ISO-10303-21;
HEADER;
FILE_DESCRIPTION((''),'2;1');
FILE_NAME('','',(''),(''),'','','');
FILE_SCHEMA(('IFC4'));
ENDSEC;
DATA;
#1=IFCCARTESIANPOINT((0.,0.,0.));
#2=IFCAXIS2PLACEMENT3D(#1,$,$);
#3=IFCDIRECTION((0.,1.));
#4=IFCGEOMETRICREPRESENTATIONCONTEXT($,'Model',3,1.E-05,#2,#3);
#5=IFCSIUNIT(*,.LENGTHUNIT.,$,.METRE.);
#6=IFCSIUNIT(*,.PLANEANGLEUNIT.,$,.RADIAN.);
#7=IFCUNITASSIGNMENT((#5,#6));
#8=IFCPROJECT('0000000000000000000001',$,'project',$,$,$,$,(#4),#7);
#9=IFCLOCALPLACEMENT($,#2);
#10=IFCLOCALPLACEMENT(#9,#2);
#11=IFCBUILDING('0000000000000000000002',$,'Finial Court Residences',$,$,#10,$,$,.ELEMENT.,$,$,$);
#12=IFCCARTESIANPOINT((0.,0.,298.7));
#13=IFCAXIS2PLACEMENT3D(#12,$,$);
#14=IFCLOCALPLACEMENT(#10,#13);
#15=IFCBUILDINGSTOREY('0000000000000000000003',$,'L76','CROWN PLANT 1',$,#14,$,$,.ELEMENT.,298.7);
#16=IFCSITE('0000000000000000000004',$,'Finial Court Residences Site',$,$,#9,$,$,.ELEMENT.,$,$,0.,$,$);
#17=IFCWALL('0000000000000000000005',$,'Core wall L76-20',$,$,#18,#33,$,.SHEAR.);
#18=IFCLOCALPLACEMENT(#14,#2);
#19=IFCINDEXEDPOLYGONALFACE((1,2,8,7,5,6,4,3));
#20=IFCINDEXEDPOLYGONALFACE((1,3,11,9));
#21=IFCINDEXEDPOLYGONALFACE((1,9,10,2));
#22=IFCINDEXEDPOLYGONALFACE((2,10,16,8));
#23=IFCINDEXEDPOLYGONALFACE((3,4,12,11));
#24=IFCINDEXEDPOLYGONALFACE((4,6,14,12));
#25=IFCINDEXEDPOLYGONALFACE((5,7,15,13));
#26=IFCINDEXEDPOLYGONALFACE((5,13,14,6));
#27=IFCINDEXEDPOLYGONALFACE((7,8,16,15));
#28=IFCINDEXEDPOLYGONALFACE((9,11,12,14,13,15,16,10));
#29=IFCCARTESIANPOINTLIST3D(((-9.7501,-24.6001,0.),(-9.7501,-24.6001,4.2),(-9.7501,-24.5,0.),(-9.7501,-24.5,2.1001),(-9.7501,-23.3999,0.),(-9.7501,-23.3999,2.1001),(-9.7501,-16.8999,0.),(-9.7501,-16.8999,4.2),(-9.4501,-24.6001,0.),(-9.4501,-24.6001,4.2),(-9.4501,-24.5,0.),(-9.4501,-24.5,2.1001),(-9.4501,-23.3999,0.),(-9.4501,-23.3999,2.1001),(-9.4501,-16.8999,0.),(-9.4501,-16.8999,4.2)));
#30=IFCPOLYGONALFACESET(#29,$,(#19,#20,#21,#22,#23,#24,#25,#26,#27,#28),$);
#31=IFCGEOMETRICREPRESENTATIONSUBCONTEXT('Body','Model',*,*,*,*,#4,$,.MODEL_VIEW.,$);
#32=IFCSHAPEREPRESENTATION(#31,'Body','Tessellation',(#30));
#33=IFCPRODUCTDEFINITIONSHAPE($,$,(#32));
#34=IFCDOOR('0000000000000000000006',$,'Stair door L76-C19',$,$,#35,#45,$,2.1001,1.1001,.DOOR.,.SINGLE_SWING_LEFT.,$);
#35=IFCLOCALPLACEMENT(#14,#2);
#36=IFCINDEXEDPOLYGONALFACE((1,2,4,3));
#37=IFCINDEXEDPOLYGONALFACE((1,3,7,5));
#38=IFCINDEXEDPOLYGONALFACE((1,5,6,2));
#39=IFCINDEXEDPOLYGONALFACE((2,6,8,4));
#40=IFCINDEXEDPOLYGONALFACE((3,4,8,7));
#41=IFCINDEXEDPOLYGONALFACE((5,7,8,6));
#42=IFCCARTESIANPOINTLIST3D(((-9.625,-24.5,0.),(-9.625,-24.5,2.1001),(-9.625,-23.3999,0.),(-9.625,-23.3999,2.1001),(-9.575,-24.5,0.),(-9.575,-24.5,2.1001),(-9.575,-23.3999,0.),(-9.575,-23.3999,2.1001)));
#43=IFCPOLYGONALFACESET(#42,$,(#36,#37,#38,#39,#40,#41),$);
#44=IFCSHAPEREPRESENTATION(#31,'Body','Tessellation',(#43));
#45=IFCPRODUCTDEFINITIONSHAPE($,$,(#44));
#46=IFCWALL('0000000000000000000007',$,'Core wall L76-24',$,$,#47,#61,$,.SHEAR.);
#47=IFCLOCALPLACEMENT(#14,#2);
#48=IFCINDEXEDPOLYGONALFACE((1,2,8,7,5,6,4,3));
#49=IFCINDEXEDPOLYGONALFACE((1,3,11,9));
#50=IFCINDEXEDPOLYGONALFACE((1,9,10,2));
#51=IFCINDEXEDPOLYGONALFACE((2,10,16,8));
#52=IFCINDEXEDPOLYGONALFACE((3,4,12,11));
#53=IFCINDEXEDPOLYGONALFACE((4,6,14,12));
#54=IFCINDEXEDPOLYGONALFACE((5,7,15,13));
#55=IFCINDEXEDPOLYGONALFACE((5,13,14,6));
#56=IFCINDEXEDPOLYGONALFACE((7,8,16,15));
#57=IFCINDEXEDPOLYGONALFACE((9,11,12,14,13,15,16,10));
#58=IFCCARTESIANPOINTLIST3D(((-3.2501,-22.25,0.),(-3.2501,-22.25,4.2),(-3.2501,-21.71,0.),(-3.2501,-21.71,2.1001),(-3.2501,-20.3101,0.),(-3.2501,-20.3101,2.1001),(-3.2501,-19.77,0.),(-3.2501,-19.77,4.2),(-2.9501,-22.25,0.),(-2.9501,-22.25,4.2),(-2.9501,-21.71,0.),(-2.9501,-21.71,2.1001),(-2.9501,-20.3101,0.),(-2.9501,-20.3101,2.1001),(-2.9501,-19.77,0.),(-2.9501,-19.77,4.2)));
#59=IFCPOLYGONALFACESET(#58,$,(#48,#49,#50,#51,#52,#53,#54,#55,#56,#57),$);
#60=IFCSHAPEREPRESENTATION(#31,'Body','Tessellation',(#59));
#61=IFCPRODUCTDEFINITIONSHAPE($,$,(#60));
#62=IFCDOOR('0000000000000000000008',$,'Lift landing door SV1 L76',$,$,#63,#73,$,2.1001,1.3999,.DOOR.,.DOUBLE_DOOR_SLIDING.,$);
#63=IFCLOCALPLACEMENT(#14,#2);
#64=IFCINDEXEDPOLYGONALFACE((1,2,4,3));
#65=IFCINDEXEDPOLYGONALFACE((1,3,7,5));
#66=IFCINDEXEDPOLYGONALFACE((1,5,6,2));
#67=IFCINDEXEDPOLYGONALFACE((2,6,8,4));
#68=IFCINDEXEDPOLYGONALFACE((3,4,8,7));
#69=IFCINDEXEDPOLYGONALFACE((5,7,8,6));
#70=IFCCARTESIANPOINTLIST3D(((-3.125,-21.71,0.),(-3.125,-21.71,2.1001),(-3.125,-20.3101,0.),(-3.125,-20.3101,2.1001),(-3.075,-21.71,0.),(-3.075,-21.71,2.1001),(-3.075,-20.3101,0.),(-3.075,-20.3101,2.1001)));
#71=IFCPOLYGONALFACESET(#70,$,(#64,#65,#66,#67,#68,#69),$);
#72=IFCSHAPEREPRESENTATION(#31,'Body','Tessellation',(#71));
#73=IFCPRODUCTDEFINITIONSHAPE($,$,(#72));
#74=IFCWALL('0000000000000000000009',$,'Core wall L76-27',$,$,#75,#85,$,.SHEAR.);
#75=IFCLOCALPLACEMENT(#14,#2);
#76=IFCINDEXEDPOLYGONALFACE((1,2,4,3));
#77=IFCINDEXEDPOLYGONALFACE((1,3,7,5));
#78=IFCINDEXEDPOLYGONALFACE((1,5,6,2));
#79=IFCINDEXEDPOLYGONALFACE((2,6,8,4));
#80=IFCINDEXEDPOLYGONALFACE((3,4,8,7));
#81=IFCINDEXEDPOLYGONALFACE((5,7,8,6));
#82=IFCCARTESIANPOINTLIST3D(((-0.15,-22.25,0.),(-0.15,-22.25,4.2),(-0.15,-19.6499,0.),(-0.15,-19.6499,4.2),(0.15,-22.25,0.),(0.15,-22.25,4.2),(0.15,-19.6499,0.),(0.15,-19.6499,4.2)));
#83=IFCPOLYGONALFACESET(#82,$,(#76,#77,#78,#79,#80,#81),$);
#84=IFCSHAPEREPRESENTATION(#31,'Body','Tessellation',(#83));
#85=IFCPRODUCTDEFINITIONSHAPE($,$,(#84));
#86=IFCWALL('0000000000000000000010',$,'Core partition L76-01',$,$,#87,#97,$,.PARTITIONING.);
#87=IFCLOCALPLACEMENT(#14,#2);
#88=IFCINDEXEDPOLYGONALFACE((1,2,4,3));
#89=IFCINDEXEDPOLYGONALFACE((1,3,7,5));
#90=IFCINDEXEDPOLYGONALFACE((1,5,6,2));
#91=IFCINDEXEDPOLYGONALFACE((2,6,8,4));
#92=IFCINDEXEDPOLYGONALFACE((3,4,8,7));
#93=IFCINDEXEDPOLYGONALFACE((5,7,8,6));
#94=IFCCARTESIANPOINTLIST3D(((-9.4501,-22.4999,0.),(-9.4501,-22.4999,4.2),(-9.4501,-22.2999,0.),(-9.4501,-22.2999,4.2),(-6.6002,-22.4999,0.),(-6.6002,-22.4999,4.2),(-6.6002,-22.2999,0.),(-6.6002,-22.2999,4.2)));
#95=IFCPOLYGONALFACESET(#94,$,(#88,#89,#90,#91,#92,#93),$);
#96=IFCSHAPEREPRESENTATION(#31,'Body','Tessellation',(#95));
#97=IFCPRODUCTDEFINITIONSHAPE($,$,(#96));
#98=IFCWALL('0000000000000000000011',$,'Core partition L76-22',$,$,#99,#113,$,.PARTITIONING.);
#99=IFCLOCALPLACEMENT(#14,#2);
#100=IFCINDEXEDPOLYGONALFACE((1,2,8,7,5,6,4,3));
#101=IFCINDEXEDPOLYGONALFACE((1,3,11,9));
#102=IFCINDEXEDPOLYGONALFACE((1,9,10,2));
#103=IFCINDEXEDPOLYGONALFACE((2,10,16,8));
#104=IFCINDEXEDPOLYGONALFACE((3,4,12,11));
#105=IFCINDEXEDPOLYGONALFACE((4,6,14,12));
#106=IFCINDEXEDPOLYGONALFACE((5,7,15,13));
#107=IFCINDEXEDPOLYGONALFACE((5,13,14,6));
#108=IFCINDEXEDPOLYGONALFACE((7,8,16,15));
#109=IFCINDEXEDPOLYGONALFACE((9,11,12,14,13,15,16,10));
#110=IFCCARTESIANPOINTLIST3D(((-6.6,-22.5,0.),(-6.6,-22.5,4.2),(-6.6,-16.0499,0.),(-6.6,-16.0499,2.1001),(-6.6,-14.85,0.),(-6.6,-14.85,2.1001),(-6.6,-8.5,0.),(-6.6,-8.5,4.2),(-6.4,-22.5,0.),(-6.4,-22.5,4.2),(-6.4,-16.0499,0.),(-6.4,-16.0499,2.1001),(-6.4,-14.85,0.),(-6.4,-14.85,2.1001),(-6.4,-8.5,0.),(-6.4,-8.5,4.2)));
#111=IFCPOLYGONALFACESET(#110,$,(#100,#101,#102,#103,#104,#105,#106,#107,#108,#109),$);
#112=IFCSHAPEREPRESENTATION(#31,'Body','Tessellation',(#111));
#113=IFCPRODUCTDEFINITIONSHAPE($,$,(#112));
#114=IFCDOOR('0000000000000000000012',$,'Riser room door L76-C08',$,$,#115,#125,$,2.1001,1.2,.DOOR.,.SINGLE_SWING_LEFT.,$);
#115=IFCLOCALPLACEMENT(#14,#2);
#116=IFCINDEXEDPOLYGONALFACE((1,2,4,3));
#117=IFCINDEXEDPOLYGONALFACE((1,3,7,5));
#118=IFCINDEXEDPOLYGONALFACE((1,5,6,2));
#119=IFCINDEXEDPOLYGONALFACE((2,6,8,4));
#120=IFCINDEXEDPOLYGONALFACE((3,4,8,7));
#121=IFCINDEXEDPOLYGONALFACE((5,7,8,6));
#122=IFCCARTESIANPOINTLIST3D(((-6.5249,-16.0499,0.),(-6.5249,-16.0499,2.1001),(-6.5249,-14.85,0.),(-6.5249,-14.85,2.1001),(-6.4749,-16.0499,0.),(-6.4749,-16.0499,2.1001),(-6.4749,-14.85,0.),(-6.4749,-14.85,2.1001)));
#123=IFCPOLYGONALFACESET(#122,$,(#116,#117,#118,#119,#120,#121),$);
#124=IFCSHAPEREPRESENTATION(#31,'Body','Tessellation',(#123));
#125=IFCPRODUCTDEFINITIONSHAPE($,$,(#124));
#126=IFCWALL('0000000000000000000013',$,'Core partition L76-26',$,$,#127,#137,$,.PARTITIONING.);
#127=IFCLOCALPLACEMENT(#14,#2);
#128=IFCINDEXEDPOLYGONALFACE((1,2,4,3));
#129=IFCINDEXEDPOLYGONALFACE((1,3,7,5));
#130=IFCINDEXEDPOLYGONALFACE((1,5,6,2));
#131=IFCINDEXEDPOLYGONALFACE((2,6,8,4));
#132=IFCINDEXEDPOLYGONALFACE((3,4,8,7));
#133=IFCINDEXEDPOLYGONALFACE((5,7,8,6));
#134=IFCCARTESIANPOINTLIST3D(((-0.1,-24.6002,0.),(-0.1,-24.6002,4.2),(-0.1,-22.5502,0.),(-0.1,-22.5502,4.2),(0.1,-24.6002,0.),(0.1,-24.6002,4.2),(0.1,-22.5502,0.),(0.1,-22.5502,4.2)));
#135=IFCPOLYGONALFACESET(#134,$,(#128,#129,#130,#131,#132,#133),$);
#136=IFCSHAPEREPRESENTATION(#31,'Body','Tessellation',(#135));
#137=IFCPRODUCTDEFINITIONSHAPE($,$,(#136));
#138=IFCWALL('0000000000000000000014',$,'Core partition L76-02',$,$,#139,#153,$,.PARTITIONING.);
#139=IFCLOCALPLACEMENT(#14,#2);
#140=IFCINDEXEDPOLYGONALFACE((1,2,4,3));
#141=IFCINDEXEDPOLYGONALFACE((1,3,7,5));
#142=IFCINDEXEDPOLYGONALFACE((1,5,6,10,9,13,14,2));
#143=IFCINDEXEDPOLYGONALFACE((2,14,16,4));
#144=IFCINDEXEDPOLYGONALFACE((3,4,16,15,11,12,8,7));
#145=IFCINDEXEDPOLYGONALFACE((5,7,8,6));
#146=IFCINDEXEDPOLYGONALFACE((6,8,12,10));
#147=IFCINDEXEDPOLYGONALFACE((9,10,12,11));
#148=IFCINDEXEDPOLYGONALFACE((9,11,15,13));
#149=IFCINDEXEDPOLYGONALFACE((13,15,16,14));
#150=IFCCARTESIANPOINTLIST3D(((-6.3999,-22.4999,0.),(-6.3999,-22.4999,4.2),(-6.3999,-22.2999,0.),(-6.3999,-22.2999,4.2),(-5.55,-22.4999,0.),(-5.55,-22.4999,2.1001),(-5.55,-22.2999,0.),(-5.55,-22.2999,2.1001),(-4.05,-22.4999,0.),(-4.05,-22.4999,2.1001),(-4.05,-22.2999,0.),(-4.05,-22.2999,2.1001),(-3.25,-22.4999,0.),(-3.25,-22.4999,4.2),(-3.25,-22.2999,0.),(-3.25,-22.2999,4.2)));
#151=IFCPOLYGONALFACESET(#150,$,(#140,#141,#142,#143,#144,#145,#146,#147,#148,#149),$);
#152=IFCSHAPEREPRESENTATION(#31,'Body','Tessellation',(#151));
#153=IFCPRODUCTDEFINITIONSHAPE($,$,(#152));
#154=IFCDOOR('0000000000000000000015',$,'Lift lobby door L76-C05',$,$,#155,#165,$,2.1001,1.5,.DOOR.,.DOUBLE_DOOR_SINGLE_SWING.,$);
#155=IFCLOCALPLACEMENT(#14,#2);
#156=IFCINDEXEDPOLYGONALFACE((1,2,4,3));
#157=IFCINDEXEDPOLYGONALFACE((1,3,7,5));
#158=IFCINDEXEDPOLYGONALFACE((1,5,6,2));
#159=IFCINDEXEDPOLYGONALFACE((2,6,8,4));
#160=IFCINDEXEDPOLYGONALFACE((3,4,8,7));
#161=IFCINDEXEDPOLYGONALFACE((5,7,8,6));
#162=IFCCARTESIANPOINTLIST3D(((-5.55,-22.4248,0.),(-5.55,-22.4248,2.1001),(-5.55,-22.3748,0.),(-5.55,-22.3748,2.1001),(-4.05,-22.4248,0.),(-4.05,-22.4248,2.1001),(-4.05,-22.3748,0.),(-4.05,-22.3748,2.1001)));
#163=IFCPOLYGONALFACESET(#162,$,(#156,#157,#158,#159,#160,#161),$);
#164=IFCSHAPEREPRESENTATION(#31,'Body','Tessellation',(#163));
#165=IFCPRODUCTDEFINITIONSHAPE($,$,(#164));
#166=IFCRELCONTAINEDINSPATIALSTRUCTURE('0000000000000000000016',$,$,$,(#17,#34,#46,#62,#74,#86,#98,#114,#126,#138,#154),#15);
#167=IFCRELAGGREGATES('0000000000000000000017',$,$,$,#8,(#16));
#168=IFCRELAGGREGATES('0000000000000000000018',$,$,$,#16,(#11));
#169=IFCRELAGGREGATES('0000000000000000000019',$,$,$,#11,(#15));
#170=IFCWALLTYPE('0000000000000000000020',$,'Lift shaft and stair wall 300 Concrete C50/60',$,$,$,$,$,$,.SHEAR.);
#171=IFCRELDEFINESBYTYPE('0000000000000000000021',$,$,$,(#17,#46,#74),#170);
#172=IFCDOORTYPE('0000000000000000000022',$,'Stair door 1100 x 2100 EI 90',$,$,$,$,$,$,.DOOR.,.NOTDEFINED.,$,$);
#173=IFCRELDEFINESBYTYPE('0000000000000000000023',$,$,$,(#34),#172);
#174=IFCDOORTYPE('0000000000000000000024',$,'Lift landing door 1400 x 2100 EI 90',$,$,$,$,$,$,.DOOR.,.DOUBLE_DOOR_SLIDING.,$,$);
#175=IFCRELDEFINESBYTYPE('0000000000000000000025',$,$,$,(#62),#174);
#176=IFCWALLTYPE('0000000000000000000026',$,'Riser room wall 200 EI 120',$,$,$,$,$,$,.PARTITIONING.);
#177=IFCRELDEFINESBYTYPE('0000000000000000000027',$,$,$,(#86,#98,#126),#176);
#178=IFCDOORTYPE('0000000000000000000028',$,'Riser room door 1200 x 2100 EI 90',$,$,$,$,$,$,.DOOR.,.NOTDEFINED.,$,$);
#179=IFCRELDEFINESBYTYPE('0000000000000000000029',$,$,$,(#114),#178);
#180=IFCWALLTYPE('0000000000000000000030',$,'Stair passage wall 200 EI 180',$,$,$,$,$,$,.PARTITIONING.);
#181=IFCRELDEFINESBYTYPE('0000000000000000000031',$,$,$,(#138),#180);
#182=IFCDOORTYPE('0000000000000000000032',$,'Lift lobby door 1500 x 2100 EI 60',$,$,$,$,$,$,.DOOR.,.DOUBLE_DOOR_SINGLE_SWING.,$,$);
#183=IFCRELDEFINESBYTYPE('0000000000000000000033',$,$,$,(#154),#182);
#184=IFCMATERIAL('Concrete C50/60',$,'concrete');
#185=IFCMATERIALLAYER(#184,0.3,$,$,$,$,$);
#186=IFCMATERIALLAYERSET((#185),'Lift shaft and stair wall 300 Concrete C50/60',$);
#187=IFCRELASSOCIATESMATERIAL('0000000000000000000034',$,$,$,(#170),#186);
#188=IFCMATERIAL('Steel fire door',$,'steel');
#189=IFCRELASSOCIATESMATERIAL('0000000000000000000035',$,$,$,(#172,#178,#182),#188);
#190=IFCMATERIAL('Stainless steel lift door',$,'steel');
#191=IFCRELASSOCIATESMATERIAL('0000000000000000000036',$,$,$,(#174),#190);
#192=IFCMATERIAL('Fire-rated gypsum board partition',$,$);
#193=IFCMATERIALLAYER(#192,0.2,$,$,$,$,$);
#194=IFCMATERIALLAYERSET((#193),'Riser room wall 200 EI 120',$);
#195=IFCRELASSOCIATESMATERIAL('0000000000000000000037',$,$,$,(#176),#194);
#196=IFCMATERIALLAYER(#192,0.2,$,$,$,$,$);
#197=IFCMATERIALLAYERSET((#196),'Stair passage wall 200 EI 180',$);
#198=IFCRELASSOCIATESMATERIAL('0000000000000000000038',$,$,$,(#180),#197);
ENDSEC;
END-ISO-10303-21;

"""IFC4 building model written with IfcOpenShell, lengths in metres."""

from ifc_helpers import new_model, si_unit, direction, frame, frame_2d, origin, place, context, subcontext, project, spatial, rectangle, extrude, material, layer, layer_set, type_object, element, fill, save


model = new_model("IFC4")

# Units and contexts
model_context = context("Model", 3, precision=1e-05, world=origin(), true_north=direction((0.0, 1.0)))
body_context = subcontext(model_context, "Body", "Model", "MODEL_VIEW")
ifc_project = project(units=[si_unit("LENGTHUNIT", "METRE"), si_unit("PLANEANGLEUNIT", "RADIAN")], contexts=[model_context])

# Site, building, storey
site_placement = place(None, origin())
site = spatial("IfcSite", under=ifc_project, at=site_placement, Name="Finial Court Residences Site", CompositionType="ELEMENT", RefElevation=0.0)
building_placement = place(site_placement, origin())
building = spatial("IfcBuilding", under=site, at=building_placement, Name="Finial Court Residences", CompositionType="ELEMENT")
storey_placement = place(building_placement, frame((0.0, 0.0, 298.7)))
storey = spatial("IfcBuildingStorey", under=building, at=storey_placement, Name="L76", Description="CROWN PLANT 1", CompositionType="ELEMENT", Elevation=298.7)

# Shared definitions
ifc_material_1 = material(Name="Concrete C50/60", Category="concrete")
ifc_layer_1 = layer(ifc_material_1, 0.3)
ifc_layer_set_1 = layer_set([ifc_layer_1], Name="Lift shaft and stair wall 300 Concrete C50/60")
wall_type_1 = type_object("IfcWallType", Name="Lift shaft and stair wall 300 Concrete C50/60", PredefinedType="SHEAR", material=ifc_layer_set_1)

# Walls, openings, doors
wall_1_placement = place(storey_placement, frame((-9.6001, -24.6001, 0.0), z_axis=(0.0, 0.0, 1.0), x_axis=(0.0, 1.0, 0.0)))
wall_1 = element("IfcWall", 1, at=wall_1_placement, inside=storey, type_object=wall_type_1, Name="Core wall L76-20", PredefinedType="SHEAR", context=body_context, shape_type="SweptSolid", body=[
    extrude(rectangle(XDim=7.7002, YDim=0.3, at=frame_2d((3.8501, 0.0))), origin(), (0.0, 0.0, 1.0), 4.2),
])
opening_1_placement = place(wall_1_placement, frame((0.1001, 0.0, 0.0)))
opening_1 = element("IfcOpeningElement", 2, at=opening_1_placement, cuts=wall_1, PredefinedType="OPENING", context=body_context, shape_type="SweptSolid", body=[
    extrude(rectangle(XDim=1.1001, YDim=2.1001, at=frame_2d((0.55, 1.05))), frame((0.0, 0.1599, 0.0), z_axis=(0.0, -1.0, 0.0), x_axis=(1.0, 0.0, 0.0)), (0.0, 0.0, 1.0), 0.3201),
])
ifc_material_2 = material(Name="Steel fire door", Category="steel")
door_type_1 = type_object("IfcDoorType", Name="Stair door 1100 x 2100 EI 90", OperationType="NOTDEFINED", PredefinedType="DOOR", material=ifc_material_2)
door_1_placement = place(opening_1_placement, origin())
door_1 = element("IfcDoor", 3, at=door_1_placement, inside=storey, type_object=door_type_1, Name="Stair door L76-C19", OperationType="SINGLE_SWING_LEFT", OverallHeight=2.1001, OverallWidth=1.1001, PredefinedType="DOOR", context=body_context, shape_type="SweptSolid", body=[
    extrude(rectangle(XDim=1.1001, YDim=2.1001, at=frame_2d((0.55, 1.05))), frame((0.0, 0.0249, 0.0), z_axis=(0.0, -1.0, 0.0), x_axis=(1.0, 0.0, 0.0)), (0.0, 0.0, 1.0), 0.05),
])
fill(opening_1, door_1)
wall_2_placement = place(storey_placement, frame((-3.1001, -22.25, 0.0), z_axis=(0.0, 0.0, 1.0), x_axis=(0.0, 1.0, 0.0)))
wall_2 = element("IfcWall", 4, at=wall_2_placement, inside=storey, type_object=wall_type_1, Name="Core wall L76-24", PredefinedType="SHEAR", context=body_context, shape_type="SweptSolid", body=[
    extrude(rectangle(XDim=2.48, YDim=0.3, at=frame_2d((1.24, 0.0))), origin(), (0.0, 0.0, 1.0), 4.2),
])
opening_2_placement = place(wall_2_placement, frame((0.54, 0.0, 0.0)))
opening_2 = element("IfcOpeningElement", 5, at=opening_2_placement, cuts=wall_2, PredefinedType="OPENING", context=body_context, shape_type="SweptSolid", body=[
    extrude(rectangle(XDim=1.3999, YDim=2.1001, at=frame_2d((0.7, 1.05))), frame((0.0, 0.1599, 0.0), z_axis=(0.0, -1.0, 0.0), x_axis=(1.0, 0.0, 0.0)), (0.0, 0.0, 1.0), 0.3201),
])
ifc_material_3 = material(Name="Stainless steel lift door", Category="steel")
door_type_2 = type_object("IfcDoorType", Name="Lift landing door 1400 x 2100 EI 90", OperationType="DOUBLE_DOOR_SLIDING", PredefinedType="DOOR", material=ifc_material_3)
door_2_placement = place(opening_2_placement, origin())
door_2 = element("IfcDoor", 6, at=door_2_placement, inside=storey, type_object=door_type_2, Name="Lift landing door SV1 L76", OperationType="DOUBLE_DOOR_SLIDING", OverallHeight=2.1001, OverallWidth=1.3999, PredefinedType="DOOR", context=body_context, shape_type="SweptSolid", body=[
    extrude(rectangle(XDim=1.3999, YDim=2.1001, at=frame_2d((0.7, 1.05))), frame((0.0, 0.0249, 0.0), z_axis=(0.0, -1.0, 0.0), x_axis=(1.0, 0.0, 0.0)), (0.0, 0.0, 1.0), 0.05),
])
fill(opening_2, door_2)

# Walls
wall_3_placement = place(storey_placement, frame((0.0, -22.25, 0.0), z_axis=(0.0, 0.0, 1.0), x_axis=(0.0, 1.0, 0.0)))
element("IfcWall", 7, at=wall_3_placement, inside=storey, type_object=wall_type_1, Name="Core wall L76-27", PredefinedType="SHEAR", context=body_context, shape_type="SweptSolid", body=[
    extrude(rectangle(XDim=2.6001, YDim=0.3, at=frame_2d((1.3, 0.0))), origin(), (0.0, 0.0, 1.0), 4.2),
])
ifc_material_4 = material(Name="Fire-rated gypsum board partition")
ifc_layer_2 = layer(ifc_material_4, 0.2)
ifc_layer_set_2 = layer_set([ifc_layer_2], Name="Riser room wall 200 EI 120")
wall_type_2 = type_object("IfcWallType", Name="Riser room wall 200 EI 120", PredefinedType="PARTITIONING", material=ifc_layer_set_2)
wall_4_placement = place(storey_placement, frame((-9.45, -22.3999, 0.0), z_axis=(0.0, 0.0, 1.0), x_axis=(1.0, 0.0, 0.0)))
element("IfcWall", 8, at=wall_4_placement, inside=storey, type_object=wall_type_2, Name="Core partition L76-01", PredefinedType="PARTITIONING", context=body_context, shape_type="SweptSolid", body=[
    extrude(rectangle(XDim=2.8499, YDim=0.2, at=frame_2d((1.4248, 0.0))), origin(), (0.0, 0.0, 1.0), 4.2),
])

# Wall, opening, door
wall_5_placement = place(storey_placement, frame((-6.5, -22.5, 0.0), z_axis=(0.0, 0.0, 1.0), x_axis=(0.0, 1.0, 0.0)))
wall_5 = element("IfcWall", 9, at=wall_5_placement, inside=storey, type_object=wall_type_2, Name="Core partition L76-22", PredefinedType="PARTITIONING", context=body_context, shape_type="SweptSolid", body=[
    extrude(rectangle(XDim=14.0, YDim=0.2, at=frame_2d((7.0, 0.0))), origin(), (0.0, 0.0, 1.0), 4.2),
])
opening_3_placement = place(wall_5_placement, frame((6.45, 0.0, 0.0)))
opening_3 = element("IfcOpeningElement", 10, at=opening_3_placement, cuts=wall_5, PredefinedType="OPENING", context=body_context, shape_type="SweptSolid", body=[
    extrude(rectangle(XDim=1.2, YDim=2.1001, at=frame_2d((0.6001, 1.05))), frame((0.0, 0.1099, 0.0), z_axis=(0.0, -1.0, 0.0), x_axis=(1.0, 0.0, 0.0)), (0.0, 0.0, 1.0), 0.22),
])
door_type_3 = type_object("IfcDoorType", Name="Riser room door 1200 x 2100 EI 90", OperationType="NOTDEFINED", PredefinedType="DOOR", material=ifc_material_2)
door_3_placement = place(opening_3_placement, origin())
door_3 = element("IfcDoor", 11, at=door_3_placement, inside=storey, type_object=door_type_3, Name="Riser room door L76-C08", OperationType="SINGLE_SWING_LEFT", OverallHeight=2.1001, OverallWidth=1.2, PredefinedType="DOOR", context=body_context, shape_type="SweptSolid", body=[
    extrude(rectangle(XDim=1.2, YDim=2.1001, at=frame_2d((0.6001, 1.05))), frame((0.0, 0.0249, 0.0), z_axis=(0.0, -1.0, 0.0), x_axis=(1.0, 0.0, 0.0)), (0.0, 0.0, 1.0), 0.05),
])
fill(opening_3, door_3)

# Wall
wall_6_placement = place(storey_placement, frame((0.0, -24.6001, 0.0), z_axis=(0.0, 0.0, 1.0), x_axis=(0.0, 1.0, 0.0)))
element("IfcWall", 12, at=wall_6_placement, inside=storey, type_object=wall_type_2, Name="Core partition L76-26", PredefinedType="PARTITIONING", context=body_context, shape_type="SweptSolid", body=[
    extrude(rectangle(XDim=2.05, YDim=0.2, at=frame_2d((1.0249, 0.0))), origin(), (0.0, 0.0, 1.0), 4.2),
])

# Wall, opening, door
ifc_layer_3 = layer(ifc_material_4, 0.2)
ifc_layer_set_3 = layer_set([ifc_layer_3], Name="Stair passage wall 200 EI 180")
wall_type_3 = type_object("IfcWallType", Name="Stair passage wall 200 EI 180", PredefinedType="PARTITIONING", material=ifc_layer_set_3)
wall_7_placement = place(storey_placement, frame((-3.25, -22.3999, 0.0), z_axis=(0.0, 0.0, 1.0), x_axis=(-1.0, 0.0, 0.0)))
wall_7 = element("IfcWall", 13, at=wall_7_placement, inside=storey, type_object=wall_type_3, Name="Core partition L76-02", PredefinedType="PARTITIONING", context=body_context, shape_type="SweptSolid", body=[
    extrude(rectangle(XDim=3.1499, YDim=0.2, at=frame_2d((1.575, 0.0))), origin(), (0.0, 0.0, 1.0), 4.2),
])
opening_4_placement = place(wall_7_placement, frame((0.8, 0.0, 0.0)))
opening_4 = element("IfcOpeningElement", 14, at=opening_4_placement, cuts=wall_7, PredefinedType="OPENING", context=body_context, shape_type="SweptSolid", body=[
    extrude(rectangle(XDim=1.5, YDim=2.1001, at=frame_2d((0.75, 1.05))), frame((0.0, 0.1099, 0.0), z_axis=(0.0, -1.0, 0.0), x_axis=(1.0, 0.0, 0.0)), (0.0, 0.0, 1.0), 0.22),
])
door_type_4 = type_object("IfcDoorType", Name="Lift lobby door 1500 x 2100 EI 60", OperationType="DOUBLE_DOOR_SINGLE_SWING", PredefinedType="DOOR", material=ifc_material_2)
door_4_placement = place(opening_4_placement, origin())
door_4 = element("IfcDoor", 15, at=door_4_placement, inside=storey, type_object=door_type_4, Name="Lift lobby door L76-C05", OperationType="DOUBLE_DOOR_SINGLE_SWING", OverallHeight=2.1001, OverallWidth=1.5, PredefinedType="DOOR", context=body_context, shape_type="SweptSolid", body=[
    extrude(rectangle(XDim=1.5, YDim=2.1001, at=frame_2d((0.75, 1.05))), frame((0.0, 0.0249, 0.0), z_axis=(0.0, -1.0, 0.0), x_axis=(1.0, 0.0, 0.0)), (0.0, 0.0, 1.0), 0.05),
])
fill(opening_4, door_4)

save(model, "model.ifc")
